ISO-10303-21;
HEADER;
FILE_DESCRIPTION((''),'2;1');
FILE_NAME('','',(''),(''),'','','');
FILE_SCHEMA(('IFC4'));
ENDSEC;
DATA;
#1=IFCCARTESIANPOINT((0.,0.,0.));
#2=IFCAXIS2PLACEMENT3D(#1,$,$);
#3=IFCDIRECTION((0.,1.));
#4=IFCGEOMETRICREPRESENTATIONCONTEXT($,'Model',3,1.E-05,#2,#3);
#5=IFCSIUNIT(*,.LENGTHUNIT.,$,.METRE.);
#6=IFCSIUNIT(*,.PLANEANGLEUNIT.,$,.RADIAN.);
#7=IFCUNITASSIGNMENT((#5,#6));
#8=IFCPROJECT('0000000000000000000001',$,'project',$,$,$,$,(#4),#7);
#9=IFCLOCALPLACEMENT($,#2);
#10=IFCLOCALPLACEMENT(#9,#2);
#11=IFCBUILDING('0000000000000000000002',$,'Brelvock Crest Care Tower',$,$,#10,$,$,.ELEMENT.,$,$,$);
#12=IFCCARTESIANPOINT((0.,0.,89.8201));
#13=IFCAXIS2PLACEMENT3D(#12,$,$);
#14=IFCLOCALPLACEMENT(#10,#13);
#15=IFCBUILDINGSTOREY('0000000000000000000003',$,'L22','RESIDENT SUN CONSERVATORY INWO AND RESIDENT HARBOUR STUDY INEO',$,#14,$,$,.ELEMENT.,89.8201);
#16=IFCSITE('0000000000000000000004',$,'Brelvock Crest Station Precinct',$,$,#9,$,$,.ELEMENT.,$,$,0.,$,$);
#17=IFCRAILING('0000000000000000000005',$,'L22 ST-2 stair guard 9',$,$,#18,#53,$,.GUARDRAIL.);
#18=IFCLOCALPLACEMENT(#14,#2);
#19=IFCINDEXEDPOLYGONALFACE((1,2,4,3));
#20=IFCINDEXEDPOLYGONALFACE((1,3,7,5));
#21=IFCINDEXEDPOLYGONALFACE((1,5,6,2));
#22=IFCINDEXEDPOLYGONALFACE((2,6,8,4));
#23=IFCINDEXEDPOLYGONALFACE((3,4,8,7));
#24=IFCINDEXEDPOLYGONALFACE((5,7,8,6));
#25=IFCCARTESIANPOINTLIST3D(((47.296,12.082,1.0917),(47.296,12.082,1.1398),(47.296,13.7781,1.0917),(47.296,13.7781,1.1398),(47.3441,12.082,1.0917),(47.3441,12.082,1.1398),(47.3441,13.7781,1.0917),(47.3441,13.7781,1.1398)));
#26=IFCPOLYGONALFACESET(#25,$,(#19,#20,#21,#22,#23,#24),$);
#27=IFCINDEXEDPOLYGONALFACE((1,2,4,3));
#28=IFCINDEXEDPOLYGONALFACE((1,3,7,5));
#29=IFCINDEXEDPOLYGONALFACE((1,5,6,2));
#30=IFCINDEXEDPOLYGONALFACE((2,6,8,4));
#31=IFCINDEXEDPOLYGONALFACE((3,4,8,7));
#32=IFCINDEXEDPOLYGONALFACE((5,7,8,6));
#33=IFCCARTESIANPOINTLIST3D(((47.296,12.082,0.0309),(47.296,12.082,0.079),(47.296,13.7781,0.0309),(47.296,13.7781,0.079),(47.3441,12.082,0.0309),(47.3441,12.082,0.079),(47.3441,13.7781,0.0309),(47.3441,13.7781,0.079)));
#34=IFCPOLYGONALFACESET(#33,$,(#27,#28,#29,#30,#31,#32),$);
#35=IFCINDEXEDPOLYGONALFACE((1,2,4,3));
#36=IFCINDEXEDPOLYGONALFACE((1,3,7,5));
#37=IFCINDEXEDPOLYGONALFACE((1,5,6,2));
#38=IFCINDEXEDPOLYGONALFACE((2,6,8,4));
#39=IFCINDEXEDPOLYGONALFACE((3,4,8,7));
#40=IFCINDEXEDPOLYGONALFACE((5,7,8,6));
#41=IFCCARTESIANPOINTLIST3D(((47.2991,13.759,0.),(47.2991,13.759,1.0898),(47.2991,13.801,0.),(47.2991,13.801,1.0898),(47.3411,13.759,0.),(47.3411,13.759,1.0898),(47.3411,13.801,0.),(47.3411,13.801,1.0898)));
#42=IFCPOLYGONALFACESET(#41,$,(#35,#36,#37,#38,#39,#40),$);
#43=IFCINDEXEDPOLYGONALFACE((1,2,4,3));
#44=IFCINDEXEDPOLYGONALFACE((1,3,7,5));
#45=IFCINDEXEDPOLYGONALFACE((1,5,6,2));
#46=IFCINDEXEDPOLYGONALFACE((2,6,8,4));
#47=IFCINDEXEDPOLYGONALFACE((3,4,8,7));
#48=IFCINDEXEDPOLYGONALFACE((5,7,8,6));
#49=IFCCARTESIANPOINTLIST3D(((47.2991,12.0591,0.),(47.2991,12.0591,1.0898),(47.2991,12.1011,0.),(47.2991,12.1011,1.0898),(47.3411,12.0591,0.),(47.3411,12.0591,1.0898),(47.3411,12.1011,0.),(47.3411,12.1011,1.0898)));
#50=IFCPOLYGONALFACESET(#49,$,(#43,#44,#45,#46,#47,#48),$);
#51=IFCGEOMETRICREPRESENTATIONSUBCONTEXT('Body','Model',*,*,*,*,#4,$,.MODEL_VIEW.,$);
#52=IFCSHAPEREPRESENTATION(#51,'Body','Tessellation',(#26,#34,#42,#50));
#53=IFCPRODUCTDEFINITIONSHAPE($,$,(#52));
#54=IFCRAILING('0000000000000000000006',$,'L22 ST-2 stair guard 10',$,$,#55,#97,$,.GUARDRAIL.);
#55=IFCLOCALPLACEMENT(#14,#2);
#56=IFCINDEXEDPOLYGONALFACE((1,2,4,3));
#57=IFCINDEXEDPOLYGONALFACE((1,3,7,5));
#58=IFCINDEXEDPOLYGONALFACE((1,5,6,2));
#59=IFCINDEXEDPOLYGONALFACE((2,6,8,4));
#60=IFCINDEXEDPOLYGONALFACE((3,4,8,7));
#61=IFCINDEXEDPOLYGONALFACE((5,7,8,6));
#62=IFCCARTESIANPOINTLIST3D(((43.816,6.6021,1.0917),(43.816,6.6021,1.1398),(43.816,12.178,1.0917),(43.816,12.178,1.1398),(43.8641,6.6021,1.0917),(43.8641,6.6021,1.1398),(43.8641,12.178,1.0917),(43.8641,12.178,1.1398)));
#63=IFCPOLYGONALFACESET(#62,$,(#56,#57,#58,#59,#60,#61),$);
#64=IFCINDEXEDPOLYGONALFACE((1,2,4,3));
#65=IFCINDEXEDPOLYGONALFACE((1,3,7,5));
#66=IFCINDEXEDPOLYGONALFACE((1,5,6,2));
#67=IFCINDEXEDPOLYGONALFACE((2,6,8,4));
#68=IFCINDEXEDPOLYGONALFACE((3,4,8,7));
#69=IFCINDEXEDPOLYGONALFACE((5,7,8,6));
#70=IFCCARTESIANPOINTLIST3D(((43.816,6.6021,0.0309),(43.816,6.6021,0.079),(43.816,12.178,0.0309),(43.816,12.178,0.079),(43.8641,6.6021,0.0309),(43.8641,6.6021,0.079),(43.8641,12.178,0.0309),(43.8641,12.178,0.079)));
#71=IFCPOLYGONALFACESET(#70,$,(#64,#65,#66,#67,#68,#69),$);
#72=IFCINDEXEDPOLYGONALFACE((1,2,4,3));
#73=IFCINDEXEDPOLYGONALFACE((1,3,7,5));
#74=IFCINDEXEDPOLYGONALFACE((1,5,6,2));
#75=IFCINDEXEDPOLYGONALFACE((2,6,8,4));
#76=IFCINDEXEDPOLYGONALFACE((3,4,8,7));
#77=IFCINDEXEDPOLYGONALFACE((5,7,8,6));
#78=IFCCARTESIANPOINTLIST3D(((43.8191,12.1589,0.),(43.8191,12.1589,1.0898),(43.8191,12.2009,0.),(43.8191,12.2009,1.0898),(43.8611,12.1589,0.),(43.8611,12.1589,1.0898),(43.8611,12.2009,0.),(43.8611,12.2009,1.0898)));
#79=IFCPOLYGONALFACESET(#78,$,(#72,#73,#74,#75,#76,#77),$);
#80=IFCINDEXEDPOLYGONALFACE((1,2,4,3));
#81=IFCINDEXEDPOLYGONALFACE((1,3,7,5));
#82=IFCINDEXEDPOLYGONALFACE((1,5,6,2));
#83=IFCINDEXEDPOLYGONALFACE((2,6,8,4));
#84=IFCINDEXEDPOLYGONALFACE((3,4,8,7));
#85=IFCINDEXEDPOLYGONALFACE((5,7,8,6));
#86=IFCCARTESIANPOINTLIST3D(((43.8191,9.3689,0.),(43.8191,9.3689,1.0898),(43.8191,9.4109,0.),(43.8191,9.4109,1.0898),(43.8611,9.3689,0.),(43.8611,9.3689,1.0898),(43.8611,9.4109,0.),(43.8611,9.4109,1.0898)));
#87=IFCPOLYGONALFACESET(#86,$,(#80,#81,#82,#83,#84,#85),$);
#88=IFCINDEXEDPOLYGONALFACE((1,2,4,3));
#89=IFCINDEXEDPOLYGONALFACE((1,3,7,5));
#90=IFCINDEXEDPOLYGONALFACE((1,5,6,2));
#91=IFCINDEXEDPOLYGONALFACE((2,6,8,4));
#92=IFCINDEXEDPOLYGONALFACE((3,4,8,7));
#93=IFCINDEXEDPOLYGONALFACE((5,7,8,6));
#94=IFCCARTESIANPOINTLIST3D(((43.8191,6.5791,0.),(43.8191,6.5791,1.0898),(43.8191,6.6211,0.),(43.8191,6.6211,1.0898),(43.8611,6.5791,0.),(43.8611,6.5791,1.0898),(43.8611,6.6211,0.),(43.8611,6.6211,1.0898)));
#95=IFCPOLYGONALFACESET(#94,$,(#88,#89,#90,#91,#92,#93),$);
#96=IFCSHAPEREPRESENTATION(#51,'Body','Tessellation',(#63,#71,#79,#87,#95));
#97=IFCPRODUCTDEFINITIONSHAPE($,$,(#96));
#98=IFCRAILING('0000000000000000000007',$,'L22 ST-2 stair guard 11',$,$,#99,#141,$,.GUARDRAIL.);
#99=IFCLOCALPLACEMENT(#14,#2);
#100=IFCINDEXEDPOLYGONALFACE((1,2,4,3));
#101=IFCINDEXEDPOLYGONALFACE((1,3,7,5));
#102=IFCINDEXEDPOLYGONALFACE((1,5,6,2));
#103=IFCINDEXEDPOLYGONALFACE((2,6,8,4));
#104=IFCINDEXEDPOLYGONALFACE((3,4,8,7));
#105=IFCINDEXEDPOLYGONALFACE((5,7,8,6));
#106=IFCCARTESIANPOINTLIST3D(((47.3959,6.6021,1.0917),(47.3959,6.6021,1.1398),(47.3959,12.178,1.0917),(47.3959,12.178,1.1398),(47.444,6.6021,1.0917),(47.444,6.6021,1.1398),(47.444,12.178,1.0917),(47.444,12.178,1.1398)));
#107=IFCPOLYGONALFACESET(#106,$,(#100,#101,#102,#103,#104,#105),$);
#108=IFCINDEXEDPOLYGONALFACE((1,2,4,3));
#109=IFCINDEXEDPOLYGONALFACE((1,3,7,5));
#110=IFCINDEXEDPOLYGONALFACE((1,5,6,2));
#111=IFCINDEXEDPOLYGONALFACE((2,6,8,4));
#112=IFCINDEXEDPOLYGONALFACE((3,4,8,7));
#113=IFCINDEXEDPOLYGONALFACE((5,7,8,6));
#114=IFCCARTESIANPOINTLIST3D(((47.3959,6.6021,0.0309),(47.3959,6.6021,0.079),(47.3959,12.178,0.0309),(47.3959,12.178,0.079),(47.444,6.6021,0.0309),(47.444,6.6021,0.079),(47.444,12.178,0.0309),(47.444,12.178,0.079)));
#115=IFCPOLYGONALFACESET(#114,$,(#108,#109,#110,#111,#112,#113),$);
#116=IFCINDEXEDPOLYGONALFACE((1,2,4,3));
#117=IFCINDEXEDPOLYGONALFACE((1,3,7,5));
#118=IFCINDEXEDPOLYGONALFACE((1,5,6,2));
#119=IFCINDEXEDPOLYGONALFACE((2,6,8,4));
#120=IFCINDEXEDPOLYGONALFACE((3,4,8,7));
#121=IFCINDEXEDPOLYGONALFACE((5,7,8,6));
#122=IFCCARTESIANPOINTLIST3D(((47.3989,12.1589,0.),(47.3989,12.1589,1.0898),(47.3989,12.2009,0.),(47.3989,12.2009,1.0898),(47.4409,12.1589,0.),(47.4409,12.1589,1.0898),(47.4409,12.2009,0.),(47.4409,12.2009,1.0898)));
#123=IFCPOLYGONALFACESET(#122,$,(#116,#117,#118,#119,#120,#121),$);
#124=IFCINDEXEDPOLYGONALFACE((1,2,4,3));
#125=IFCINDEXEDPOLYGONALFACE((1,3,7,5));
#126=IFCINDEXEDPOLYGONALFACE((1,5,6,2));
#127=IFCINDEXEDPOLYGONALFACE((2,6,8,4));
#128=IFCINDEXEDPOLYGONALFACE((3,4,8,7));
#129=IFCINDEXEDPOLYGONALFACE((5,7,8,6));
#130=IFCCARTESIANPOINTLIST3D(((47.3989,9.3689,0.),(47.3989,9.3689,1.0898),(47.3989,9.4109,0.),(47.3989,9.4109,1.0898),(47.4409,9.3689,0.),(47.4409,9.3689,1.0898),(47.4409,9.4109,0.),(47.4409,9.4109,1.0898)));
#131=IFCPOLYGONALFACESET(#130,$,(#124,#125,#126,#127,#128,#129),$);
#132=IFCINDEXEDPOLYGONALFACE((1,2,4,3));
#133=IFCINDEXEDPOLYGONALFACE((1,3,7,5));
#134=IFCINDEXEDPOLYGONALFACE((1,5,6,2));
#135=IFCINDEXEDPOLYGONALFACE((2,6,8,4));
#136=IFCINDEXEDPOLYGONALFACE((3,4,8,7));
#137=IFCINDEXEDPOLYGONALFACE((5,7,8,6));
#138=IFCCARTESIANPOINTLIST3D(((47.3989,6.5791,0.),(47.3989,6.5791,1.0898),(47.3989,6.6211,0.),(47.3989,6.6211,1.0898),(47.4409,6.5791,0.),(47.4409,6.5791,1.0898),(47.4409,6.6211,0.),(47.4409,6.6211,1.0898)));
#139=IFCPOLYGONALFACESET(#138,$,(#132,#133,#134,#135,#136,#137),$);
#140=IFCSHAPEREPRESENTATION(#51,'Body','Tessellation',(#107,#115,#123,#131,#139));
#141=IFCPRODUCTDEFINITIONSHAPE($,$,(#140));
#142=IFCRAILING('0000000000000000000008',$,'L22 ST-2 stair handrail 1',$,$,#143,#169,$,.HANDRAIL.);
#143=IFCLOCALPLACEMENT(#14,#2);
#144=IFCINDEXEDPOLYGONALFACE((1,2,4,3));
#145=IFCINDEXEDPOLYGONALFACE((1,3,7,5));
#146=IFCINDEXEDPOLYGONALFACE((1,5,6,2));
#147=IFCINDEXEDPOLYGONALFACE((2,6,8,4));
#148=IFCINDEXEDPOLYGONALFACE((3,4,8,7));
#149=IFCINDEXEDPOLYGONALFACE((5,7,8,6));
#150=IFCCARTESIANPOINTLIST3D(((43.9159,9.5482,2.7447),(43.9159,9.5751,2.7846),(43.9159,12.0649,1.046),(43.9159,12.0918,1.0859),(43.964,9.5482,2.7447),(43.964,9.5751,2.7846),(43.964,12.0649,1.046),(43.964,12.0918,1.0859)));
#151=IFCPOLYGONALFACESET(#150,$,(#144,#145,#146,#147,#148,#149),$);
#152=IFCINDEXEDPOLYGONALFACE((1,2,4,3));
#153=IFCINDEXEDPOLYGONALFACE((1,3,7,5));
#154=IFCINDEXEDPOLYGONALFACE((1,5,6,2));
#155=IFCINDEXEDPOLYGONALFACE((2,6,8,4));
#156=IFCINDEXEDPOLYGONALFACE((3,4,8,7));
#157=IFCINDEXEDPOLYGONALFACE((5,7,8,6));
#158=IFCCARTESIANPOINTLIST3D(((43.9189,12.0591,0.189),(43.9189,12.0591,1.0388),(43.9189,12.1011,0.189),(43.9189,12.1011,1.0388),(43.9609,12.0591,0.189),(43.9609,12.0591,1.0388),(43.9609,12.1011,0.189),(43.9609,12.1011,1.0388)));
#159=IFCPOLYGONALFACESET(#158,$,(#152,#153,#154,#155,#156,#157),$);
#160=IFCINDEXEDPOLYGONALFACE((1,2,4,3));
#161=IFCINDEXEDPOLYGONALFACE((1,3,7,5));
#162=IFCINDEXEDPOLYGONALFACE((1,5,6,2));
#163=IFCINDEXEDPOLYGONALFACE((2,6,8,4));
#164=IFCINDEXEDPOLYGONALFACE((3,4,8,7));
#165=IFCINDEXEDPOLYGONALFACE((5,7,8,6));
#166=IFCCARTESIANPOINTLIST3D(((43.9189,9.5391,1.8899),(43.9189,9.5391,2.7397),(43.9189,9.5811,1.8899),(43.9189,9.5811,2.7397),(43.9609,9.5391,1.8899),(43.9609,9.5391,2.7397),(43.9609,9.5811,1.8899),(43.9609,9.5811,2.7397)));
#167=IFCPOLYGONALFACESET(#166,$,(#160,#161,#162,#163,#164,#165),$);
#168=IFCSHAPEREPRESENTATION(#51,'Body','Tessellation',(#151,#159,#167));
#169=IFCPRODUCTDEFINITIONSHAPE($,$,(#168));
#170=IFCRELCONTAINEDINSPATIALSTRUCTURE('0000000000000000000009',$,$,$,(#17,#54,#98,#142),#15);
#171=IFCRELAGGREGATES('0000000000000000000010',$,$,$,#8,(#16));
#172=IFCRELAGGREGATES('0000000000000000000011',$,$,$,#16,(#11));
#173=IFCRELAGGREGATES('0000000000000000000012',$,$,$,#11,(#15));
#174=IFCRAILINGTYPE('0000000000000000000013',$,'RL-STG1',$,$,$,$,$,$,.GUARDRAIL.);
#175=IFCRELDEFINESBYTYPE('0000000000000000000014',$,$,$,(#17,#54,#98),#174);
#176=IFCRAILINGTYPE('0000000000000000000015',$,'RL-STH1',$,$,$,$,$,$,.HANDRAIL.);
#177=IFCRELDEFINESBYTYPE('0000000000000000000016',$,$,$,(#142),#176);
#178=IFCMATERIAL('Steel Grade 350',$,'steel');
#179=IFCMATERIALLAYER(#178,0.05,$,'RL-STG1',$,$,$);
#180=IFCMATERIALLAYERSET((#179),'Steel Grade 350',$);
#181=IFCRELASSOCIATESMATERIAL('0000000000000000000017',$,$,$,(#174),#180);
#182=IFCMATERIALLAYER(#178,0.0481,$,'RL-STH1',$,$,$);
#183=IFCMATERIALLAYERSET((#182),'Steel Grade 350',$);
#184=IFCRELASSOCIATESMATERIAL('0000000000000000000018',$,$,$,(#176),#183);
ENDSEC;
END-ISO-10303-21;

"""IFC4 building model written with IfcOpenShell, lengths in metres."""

from ifc_helpers import new_model, si_unit, direction, frame, origin, origin_2d, place, context, subcontext, project, spatial, rectangle, extrude, material, layer, layer_set, type_object, element, save


model = new_model("IFC4")

# Units and contexts
model_context = context("Model", 3, precision=1e-05, world=origin(), true_north=direction((0.0, 1.0)))
body_context = subcontext(model_context, "Body", "Model", "MODEL_VIEW")
ifc_project = project(units=[si_unit("LENGTHUNIT", "METRE"), si_unit("PLANEANGLEUNIT", "RADIAN")], contexts=[model_context])

# Site, building, storey
site_placement = place(None, origin())
site = spatial("IfcSite", under=ifc_project, at=site_placement, Name="Brelvock Crest Station Precinct", CompositionType="ELEMENT", RefElevation=0.0)
building_placement = place(site_placement, origin())
building = spatial("IfcBuilding", under=site, at=building_placement, Name="Brelvock Crest Care Tower", CompositionType="ELEMENT")
storey_placement = place(building_placement, frame((0.0, 0.0, 89.8201)))
storey = spatial("IfcBuildingStorey", under=building, at=storey_placement, Name="L22", Description="RESIDENT SUN CONSERVATORY INWO AND RESIDENT HARBOUR STUDY INEO", CompositionType="ELEMENT", Elevation=89.8201)

# Shared definitions
ifc_material_1 = material(Name="Steel Grade 350", Category="steel")

# Railings
ifc_layer_1 = layer(ifc_material_1, 0.05, Name="RL-STG1")
ifc_layer_set_1 = layer_set([ifc_layer_1], Name="Steel Grade 350")
railing_type_1 = type_object("IfcRailingType", Name="RL-STG1", PredefinedType="GUARDRAIL", material=ifc_layer_set_1)
for number, where, name in (
    (1, (47.3201, 13.78, 0.0), "L22 ST-2 stair guard 9"),
):
    element("IfcRailing", number, at=place(storey_placement, frame(where)), inside=storey, type_object=railing_type_1, Name=name, PredefinedType="GUARDRAIL", context=body_context, shape_type="SweptSolid", body=[
        extrude(rectangle(XDim=0.0481, YDim=0.0481, at=origin_2d()), frame((0.0, -0.002, 1.1157), z_axis=(0.0, -1.0, 0.0), x_axis=(1.0, 0.0, 0.0)), (0.0, 0.0, 1.0), 1.696),
        extrude(rectangle(XDim=0.0481, YDim=0.0481, at=origin_2d()), frame((0.0, -0.002, 0.0549), z_axis=(0.0, -1.0, 0.0), x_axis=(1.0, 0.0, 0.0)), (0.0, 0.0, 1.0), 1.696),
        extrude(rectangle(XDim=0.042, YDim=0.042, at=origin_2d()), origin(), (0.0, 0.0, 1.0), 1.0898),
        extrude(rectangle(XDim=0.042, YDim=0.042, at=origin_2d()), frame((0.0, -1.7, 0.0)), (0.0, 0.0, 1.0), 1.0898),
    ])
for number, where, name in (
    (2, (43.8401, 12.1799, 0.0), "L22 ST-2 stair guard 10"),
    (3, (47.4199, 12.1799, 0.0), "L22 ST-2 stair guard 11"),
):
    element("IfcRailing", number, at=place(storey_placement, frame(where)), inside=storey, type_object=railing_type_1, Name=name, PredefinedType="GUARDRAIL", context=body_context, shape_type="SweptSolid", body=[
        extrude(rectangle(XDim=0.0481, YDim=0.0481, at=origin_2d()), frame((0.0, -0.002, 1.1157), z_axis=(0.0, -1.0, 0.0), x_axis=(1.0, 0.0, 0.0)), (0.0, 0.0, 1.0), 5.5759),
        extrude(rectangle(XDim=0.0481, YDim=0.0481, at=origin_2d()), frame((0.0, -0.002, 0.0549), z_axis=(0.0, -1.0, 0.0), x_axis=(1.0, 0.0, 0.0)), (0.0, 0.0, 1.0), 5.5759),
        extrude(rectangle(XDim=0.042, YDim=0.042, at=origin_2d()), origin(), (0.0, 0.0, 1.0), 1.0898),
        extrude(rectangle(XDim=0.042, YDim=0.042, at=origin_2d()), frame((0.0, -2.79, 0.0)), (0.0, 0.0, 1.0), 1.0898),
        extrude(rectangle(XDim=0.042, YDim=0.042, at=origin_2d()), frame((0.0, -5.5798, 0.0)), (0.0, 0.0, 1.0), 1.0898),
    ])
ifc_layer_2 = layer(ifc_material_1, 0.0481, Name="RL-STH1")
ifc_layer_set_2 = layer_set([ifc_layer_2], Name="Steel Grade 350")
railing_type_2 = type_object("IfcRailingType", Name="RL-STH1", PredefinedType="HANDRAIL", material=ifc_layer_set_2)
railing_1_placement = place(storey_placement, frame((43.9399, 12.0801, 0.189)))
element("IfcRailing", 4, at=railing_1_placement, inside=storey, type_object=railing_type_2, Name="L22 ST-2 stair handrail 1", PredefinedType="HANDRAIL", context=body_context, shape_type="SweptSolid", body=[
    extrude(rectangle(XDim=0.0481, YDim=0.0481, at=origin_2d()), frame((0.0, -0.0017, 0.877), z_axis=(0.0, -0.828862, 0.559454), x_axis=(1.0, 0.0, 0.0)), (0.0, 0.0, 1.0), 3.0364),
    extrude(rectangle(XDim=0.042, YDim=0.042, at=origin_2d()), origin(), (0.0, 0.0, 1.0), 0.8499),
    extrude(rectangle(XDim=0.042, YDim=0.042, at=origin_2d()), frame((0.0, -2.52, 1.7009)), (0.0, 0.0, 1.0), 0.8499),
])

save(model, "model.ifc")
